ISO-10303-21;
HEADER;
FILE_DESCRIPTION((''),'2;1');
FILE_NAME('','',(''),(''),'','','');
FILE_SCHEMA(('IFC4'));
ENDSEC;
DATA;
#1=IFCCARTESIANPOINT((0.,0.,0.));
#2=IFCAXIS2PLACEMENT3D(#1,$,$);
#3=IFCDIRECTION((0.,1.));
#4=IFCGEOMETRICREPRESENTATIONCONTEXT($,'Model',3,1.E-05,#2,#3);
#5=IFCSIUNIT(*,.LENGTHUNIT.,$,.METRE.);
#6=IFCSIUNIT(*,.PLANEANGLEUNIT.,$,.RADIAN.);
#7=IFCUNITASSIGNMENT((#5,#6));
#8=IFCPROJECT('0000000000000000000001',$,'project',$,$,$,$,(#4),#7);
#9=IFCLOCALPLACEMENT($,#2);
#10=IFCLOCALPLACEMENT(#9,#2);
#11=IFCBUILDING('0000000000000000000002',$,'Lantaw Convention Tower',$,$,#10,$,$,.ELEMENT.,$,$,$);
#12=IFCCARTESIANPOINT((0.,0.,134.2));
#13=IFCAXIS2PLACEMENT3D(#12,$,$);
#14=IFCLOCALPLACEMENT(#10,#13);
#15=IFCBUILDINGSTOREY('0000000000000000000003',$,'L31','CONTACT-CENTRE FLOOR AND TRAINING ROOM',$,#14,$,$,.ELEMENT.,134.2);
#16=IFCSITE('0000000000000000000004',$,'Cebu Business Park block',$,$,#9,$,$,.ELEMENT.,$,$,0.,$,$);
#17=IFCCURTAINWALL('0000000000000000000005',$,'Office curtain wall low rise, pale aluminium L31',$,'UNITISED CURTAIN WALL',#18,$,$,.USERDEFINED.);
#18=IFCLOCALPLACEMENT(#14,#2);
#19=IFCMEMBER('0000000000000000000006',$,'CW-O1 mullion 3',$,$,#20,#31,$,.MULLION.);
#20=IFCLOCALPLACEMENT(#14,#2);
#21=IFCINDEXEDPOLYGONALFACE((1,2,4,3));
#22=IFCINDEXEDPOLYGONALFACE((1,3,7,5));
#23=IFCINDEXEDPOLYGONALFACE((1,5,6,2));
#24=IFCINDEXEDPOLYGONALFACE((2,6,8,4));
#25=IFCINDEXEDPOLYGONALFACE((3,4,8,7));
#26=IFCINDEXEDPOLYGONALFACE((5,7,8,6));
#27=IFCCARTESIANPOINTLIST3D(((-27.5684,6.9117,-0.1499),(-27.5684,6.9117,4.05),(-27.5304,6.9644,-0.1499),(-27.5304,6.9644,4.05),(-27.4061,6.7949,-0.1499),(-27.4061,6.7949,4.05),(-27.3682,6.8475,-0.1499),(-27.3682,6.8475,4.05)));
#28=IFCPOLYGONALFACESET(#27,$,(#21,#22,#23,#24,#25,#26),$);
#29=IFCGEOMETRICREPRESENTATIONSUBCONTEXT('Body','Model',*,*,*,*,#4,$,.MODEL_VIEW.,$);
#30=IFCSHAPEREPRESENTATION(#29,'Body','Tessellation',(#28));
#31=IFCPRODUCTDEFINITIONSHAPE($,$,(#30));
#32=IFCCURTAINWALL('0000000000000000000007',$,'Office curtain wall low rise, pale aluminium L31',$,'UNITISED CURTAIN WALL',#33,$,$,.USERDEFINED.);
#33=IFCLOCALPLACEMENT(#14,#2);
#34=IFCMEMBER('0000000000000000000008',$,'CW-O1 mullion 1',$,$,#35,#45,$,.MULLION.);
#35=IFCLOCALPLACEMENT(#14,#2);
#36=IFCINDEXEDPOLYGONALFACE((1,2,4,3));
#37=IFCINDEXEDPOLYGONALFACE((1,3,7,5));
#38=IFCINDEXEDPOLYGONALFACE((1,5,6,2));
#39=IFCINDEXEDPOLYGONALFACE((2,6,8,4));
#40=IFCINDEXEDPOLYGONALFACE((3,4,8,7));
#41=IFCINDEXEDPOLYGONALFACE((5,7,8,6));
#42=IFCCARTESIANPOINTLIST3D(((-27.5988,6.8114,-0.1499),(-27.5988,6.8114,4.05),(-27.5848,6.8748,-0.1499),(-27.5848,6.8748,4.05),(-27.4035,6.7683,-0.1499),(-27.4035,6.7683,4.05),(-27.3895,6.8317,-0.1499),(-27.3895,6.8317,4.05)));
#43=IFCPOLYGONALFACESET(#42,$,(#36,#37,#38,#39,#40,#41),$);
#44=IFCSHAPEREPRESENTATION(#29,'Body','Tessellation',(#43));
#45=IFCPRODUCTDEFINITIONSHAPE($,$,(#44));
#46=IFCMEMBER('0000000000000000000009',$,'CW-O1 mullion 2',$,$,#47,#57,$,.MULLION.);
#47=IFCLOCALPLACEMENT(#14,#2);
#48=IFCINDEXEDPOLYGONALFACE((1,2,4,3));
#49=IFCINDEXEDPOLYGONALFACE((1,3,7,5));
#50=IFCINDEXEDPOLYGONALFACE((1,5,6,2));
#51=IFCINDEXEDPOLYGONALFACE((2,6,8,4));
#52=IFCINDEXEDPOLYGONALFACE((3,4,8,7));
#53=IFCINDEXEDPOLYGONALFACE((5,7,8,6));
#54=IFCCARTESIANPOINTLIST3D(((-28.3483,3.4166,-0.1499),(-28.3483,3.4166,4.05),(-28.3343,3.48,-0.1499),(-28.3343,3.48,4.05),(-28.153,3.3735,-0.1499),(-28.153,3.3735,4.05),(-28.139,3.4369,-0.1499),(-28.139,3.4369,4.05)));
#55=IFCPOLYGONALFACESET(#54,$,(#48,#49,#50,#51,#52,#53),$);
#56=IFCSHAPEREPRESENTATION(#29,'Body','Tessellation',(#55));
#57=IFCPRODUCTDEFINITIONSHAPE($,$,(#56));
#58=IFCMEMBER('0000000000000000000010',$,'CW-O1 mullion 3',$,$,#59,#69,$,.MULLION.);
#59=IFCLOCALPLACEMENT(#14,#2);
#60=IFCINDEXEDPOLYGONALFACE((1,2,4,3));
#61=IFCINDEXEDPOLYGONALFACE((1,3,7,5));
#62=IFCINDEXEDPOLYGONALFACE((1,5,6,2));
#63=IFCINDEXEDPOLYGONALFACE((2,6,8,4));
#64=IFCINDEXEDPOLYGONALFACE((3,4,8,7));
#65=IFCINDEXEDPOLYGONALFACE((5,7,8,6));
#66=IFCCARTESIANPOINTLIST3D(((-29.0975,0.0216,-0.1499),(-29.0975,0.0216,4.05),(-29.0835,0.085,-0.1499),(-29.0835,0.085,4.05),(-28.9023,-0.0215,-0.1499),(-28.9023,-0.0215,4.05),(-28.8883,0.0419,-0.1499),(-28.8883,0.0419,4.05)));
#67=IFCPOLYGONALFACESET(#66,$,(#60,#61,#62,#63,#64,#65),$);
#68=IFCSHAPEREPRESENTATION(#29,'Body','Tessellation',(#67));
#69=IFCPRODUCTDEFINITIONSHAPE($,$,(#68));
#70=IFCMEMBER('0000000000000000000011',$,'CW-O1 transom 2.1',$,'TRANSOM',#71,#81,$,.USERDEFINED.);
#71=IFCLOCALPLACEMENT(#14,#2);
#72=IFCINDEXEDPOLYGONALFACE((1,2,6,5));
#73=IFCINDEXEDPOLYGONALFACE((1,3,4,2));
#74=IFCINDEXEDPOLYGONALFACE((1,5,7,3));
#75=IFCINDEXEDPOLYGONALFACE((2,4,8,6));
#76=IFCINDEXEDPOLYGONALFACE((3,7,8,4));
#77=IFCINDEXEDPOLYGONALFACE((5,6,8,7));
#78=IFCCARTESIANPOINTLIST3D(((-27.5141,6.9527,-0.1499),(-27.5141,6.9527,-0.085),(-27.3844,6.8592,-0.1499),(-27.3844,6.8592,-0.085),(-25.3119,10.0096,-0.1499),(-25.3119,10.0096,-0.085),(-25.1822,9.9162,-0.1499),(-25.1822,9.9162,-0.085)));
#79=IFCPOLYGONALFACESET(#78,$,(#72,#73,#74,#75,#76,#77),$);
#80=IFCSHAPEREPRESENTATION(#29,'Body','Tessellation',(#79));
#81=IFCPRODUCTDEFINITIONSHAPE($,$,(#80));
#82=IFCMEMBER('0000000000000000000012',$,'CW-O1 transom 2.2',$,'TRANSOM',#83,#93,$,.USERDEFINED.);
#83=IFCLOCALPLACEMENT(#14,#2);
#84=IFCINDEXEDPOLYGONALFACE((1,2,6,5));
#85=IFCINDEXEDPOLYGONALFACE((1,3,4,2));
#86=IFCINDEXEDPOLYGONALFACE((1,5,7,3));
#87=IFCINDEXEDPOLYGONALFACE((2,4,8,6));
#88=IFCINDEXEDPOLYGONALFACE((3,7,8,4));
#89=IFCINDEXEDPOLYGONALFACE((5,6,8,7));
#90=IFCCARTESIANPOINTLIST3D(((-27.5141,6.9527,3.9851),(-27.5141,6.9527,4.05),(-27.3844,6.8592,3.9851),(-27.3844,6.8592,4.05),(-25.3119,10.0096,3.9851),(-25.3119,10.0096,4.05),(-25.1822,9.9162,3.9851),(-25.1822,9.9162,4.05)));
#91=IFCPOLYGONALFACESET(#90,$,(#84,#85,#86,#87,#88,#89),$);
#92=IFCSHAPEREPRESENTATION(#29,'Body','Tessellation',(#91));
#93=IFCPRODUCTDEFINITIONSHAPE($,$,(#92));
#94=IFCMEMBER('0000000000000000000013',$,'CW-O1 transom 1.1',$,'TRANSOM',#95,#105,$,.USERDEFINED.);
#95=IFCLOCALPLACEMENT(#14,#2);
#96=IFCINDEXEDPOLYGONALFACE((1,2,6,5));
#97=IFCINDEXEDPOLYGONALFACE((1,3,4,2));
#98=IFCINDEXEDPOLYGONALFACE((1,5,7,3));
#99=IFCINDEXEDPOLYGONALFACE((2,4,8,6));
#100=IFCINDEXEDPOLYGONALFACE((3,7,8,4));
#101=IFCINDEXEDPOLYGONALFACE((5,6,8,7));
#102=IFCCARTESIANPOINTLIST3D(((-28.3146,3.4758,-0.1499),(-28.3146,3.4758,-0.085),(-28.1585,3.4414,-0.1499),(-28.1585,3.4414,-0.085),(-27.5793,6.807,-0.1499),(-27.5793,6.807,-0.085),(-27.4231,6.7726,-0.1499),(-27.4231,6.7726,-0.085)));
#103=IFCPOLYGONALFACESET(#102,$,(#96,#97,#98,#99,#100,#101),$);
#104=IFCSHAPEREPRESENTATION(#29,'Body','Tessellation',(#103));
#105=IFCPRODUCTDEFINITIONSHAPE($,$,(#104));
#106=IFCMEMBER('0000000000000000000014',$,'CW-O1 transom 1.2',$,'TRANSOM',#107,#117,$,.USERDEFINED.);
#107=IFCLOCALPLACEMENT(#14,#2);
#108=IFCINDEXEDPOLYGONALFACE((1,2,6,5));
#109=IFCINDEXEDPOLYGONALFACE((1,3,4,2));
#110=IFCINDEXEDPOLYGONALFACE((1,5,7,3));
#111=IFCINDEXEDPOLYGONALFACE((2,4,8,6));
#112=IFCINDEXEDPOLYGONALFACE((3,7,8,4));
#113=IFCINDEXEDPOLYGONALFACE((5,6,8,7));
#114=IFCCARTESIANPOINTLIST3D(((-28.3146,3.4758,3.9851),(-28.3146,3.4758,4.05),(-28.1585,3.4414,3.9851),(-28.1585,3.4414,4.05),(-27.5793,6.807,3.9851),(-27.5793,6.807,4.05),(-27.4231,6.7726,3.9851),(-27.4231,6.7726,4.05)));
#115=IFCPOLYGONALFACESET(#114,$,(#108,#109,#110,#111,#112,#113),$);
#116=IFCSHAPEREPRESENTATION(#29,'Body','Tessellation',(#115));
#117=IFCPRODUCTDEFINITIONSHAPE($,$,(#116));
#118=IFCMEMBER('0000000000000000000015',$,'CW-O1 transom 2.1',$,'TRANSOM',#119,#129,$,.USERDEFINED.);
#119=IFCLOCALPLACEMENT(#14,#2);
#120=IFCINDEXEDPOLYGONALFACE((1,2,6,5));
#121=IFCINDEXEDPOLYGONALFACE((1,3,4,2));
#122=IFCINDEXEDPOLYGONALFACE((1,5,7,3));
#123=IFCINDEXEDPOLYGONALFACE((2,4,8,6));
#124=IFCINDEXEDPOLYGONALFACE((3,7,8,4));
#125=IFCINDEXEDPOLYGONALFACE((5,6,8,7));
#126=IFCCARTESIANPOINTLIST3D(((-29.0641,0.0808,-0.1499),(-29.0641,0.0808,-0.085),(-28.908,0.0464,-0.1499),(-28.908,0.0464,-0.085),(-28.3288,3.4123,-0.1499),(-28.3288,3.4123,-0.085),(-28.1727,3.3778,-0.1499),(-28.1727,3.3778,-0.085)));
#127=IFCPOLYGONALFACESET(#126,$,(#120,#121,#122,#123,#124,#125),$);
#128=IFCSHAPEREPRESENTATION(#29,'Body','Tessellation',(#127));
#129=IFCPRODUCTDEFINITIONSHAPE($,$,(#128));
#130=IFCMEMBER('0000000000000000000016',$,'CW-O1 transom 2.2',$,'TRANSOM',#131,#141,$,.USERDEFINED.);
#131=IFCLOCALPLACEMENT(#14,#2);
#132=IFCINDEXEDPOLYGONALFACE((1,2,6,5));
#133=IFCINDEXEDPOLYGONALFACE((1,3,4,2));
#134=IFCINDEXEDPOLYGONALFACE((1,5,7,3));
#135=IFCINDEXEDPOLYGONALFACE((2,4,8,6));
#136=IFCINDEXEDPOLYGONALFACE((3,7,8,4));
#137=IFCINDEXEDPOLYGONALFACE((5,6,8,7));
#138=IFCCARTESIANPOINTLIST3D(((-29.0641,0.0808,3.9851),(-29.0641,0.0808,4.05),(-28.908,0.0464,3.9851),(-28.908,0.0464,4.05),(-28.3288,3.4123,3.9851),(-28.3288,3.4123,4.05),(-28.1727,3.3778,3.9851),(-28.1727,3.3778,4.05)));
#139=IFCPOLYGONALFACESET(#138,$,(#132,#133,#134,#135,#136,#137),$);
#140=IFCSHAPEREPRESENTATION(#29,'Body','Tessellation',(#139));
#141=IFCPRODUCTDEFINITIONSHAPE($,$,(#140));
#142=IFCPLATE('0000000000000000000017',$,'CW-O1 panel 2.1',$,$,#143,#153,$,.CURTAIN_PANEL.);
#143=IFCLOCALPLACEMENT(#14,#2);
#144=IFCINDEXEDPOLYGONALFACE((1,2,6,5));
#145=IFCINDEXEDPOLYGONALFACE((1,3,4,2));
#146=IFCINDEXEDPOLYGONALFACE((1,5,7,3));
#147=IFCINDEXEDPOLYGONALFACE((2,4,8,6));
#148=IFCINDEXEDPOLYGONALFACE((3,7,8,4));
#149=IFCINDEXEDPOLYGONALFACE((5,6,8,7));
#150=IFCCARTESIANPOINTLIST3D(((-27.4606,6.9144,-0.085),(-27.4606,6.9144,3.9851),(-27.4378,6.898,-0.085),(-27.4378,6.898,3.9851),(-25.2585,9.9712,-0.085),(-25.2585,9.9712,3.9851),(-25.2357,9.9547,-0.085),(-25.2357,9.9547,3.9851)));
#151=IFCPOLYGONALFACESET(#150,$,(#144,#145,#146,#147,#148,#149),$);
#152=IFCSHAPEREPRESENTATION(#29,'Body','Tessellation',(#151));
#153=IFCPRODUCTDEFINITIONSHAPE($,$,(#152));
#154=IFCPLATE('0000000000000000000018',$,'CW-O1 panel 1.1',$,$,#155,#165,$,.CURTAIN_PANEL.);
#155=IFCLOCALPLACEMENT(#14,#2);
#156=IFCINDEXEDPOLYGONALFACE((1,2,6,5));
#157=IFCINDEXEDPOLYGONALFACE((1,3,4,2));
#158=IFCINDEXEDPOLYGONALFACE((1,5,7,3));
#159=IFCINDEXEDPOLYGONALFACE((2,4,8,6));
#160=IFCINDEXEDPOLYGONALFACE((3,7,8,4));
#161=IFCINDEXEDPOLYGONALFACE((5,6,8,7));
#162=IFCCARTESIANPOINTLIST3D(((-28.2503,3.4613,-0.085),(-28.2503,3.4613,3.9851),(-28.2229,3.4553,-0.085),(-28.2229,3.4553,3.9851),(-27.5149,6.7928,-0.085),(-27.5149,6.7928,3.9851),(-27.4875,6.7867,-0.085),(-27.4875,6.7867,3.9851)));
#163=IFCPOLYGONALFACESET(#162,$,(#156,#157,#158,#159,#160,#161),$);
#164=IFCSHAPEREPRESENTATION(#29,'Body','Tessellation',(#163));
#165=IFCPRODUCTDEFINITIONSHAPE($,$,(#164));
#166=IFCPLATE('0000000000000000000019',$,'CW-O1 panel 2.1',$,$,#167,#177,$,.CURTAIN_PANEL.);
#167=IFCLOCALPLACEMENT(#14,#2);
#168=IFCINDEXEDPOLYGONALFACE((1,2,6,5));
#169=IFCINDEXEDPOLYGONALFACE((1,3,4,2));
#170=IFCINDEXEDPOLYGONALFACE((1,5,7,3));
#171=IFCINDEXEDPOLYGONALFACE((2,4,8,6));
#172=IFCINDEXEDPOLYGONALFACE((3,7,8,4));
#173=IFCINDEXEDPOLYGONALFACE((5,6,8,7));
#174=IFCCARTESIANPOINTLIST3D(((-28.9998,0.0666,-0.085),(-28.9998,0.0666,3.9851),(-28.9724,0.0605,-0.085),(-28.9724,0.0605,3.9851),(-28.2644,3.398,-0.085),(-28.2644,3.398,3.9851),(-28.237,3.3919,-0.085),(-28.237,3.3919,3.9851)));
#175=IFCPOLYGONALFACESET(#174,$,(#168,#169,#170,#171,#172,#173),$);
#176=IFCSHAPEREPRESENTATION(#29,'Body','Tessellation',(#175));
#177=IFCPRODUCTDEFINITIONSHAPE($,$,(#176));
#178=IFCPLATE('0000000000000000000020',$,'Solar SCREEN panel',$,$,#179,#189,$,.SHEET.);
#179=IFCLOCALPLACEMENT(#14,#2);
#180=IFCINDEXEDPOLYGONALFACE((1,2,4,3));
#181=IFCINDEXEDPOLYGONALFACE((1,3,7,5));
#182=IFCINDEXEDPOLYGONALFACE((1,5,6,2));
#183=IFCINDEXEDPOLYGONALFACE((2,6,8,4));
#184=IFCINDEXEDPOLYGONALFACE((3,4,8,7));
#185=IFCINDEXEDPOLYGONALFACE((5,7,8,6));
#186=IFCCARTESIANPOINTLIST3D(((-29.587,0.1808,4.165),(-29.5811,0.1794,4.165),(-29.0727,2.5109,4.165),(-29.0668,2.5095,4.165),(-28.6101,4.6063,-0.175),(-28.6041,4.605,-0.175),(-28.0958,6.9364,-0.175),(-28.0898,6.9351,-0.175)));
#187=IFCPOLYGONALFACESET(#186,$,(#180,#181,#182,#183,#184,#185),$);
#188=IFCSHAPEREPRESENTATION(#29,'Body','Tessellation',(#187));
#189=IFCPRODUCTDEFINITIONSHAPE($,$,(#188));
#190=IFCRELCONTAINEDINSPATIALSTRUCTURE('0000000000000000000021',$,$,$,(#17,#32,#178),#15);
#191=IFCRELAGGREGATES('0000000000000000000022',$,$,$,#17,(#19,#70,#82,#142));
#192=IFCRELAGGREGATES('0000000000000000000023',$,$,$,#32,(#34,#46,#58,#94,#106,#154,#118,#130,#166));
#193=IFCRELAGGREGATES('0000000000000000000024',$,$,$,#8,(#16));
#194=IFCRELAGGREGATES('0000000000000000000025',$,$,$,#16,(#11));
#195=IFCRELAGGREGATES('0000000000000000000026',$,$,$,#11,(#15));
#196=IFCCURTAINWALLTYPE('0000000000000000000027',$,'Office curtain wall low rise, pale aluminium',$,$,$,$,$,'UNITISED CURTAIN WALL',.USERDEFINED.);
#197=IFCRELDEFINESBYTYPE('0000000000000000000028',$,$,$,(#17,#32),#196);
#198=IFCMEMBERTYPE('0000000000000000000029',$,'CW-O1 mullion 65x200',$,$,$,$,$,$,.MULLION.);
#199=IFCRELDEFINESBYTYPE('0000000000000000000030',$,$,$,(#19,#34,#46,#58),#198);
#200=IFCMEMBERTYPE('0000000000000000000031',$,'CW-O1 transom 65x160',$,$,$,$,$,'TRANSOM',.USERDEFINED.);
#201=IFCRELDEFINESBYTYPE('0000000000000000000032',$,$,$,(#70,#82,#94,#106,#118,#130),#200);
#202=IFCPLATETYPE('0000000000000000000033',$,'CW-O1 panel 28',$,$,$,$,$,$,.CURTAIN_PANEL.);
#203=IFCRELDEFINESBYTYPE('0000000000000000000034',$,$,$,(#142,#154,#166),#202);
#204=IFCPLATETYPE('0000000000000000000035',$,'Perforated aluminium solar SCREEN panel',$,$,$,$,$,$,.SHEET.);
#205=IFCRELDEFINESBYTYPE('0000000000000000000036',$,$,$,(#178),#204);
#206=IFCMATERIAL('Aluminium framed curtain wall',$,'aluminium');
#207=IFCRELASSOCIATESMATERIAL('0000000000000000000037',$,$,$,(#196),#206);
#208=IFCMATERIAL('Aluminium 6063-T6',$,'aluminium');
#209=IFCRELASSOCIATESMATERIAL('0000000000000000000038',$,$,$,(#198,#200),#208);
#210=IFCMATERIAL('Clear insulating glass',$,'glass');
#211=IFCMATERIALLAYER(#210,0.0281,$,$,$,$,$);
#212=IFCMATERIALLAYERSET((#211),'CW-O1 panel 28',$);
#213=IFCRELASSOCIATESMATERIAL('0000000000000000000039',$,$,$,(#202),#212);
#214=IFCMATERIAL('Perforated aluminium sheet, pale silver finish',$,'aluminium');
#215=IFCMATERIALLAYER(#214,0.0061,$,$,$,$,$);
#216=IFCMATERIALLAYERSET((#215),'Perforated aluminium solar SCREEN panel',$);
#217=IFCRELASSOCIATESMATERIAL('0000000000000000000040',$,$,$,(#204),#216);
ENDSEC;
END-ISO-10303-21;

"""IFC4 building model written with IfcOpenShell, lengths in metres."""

from ifc_helpers import new_model, si_unit, direction, frame, origin, origin_2d, place, context, subcontext, project, spatial, polyline, rectangle, outline, extrude, material, layer, layer_set, material_profile, profile_set, type_object, element, aggregate, save


model = new_model("IFC4")

# Units and contexts
model_context = context("Model", 3, precision=1e-05, world=origin(), true_north=direction((0.0, 1.0)))
body_context = subcontext(model_context, "Body", "Model", "MODEL_VIEW")
ifc_project = project(units=[si_unit("LENGTHUNIT", "METRE"), si_unit("PLANEANGLEUNIT", "RADIAN")], contexts=[model_context])

# Site, building, storey
site_placement = place(None, origin())
site = spatial("IfcSite", under=ifc_project, at=site_placement, Name="Cebu Business Park block", CompositionType="ELEMENT", RefElevation=0.0)
building_placement = place(site_placement, origin())
building = spatial("IfcBuilding", under=site, at=building_placement, Name="Lantaw Convention Tower", CompositionType="ELEMENT")
storey_placement = place(building_placement, frame((0.0, 0.0, 134.2)))
storey = spatial("IfcBuildingStorey", under=building, at=storey_placement, Name="L31", Description="CONTACT-CENTRE FLOOR AND TRAINING ROOM", CompositionType="ELEMENT", Elevation=134.2)

# Curtain wall, member
ifc_material_1 = material(Name="Aluminium framed curtain wall", Category="aluminium")
curtain_wall_type = type_object("IfcCurtainWallType", Name="Office curtain wall low rise, pale aluminium", ElementType="UNITISED CURTAIN WALL", PredefinedType="USERDEFINED", material=ifc_material_1)
curtain_wall_1_placement = place(storey_placement, origin())
curtain_wall_1 = element("IfcCurtainWall", 1, at=curtain_wall_1_placement, inside=storey, type_object=curtain_wall_type, Name="Office curtain wall low rise, pale aluminium L31", ObjectType="UNITISED CURTAIN WALL", PredefinedType="USERDEFINED")
ifc_material_2 = material(Name="Aluminium 6063-T6", Category="aluminium")
ifc_material_profile_1 = material_profile(ifc_material_2, rectangle(XDim=0.2, YDim=0.0649, at=origin_2d()), Name="CW-O1 mullion 65x200")
ifc_profile_set_1 = profile_set([ifc_material_profile_1], Name="Aluminium 6063-T6")
member_type_1 = type_object("IfcMemberType", Name="CW-O1 mullion 65x200", PredefinedType="MULLION", material=ifc_profile_set_1)
member_1_placement = place(storey_placement, frame((-27.4683, 6.8796, -0.1499), z_axis=(0.0, 0.0, 1.0), x_axis=(0.811385, -0.584513, 0.0)))
member_1 = element("IfcMember", 2, at=member_1_placement, type_object=member_type_1, Name="CW-O1 mullion 3", PredefinedType="MULLION", context=body_context, shape_type="SweptSolid", body=[
    extrude(rectangle(XDim=0.2, YDim=0.0649, at=origin_2d()), origin(), (0.0, 0.0, 1.0), 4.2),
])

# Curtain wall, members
curtain_wall_2_placement = place(storey_placement, origin())
curtain_wall_2 = element("IfcCurtainWall", 3, at=curtain_wall_2_placement, inside=storey, type_object=curtain_wall_type, Name="Office curtain wall low rise, pale aluminium L31", ObjectType="UNITISED CURTAIN WALL", PredefinedType="USERDEFINED")
member_2_placement = place(storey_placement, frame((-27.4941, 6.8215, -0.1499), z_axis=(0.0, 0.0, 1.0), x_axis=(0.976494, -0.215546, 0.0)))
member_2 = element("IfcMember", 4, at=member_2_placement, type_object=member_type_1, Name="CW-O1 mullion 1", PredefinedType="MULLION", context=body_context, shape_type="SweptSolid", body=[
    extrude(rectangle(XDim=0.2, YDim=0.0649, at=origin_2d()), origin(), (0.0, 0.0, 1.0), 4.2),
])
member_3_placement = place(storey_placement, frame((-28.2437, 3.4268, -0.1499), z_axis=(0.0, 0.0, 1.0), x_axis=(0.976494, -0.215546, 0.0)))
member_3 = element("IfcMember", 5, at=member_3_placement, type_object=member_type_1, Name="CW-O1 mullion 2", PredefinedType="MULLION", context=body_context, shape_type="SweptSolid", body=[
    extrude(rectangle(XDim=0.2, YDim=0.0649, at=origin_2d()), origin(), (0.0, 0.0, 1.0), 4.2),
])
member_4_placement = place(storey_placement, frame((-28.9929, 0.0317, -0.1499), z_axis=(0.0, 0.0, 1.0), x_axis=(0.976494, -0.215546, 0.0)))
member_4 = element("IfcMember", 6, at=member_4_placement, type_object=member_type_1, Name="CW-O1 mullion 3", PredefinedType="MULLION", context=body_context, shape_type="SweptSolid", body=[
    extrude(rectangle(XDim=0.2, YDim=0.0649, at=origin_2d()), origin(), (0.0, 0.0, 1.0), 4.2),
])

# Members
ifc_material_profile_2 = material_profile(ifc_material_2, rectangle(XDim=0.1599, YDim=0.0649, at=origin_2d()), Name="CW-O1 transom 65x160")
ifc_profile_set_2 = profile_set([ifc_material_profile_2], Name="Aluminium 6063-T6")
member_type_2 = type_object("IfcMemberType", Name="CW-O1 transom 65x160", ElementType="TRANSOM", PredefinedType="USERDEFINED", material=ifc_profile_set_2)
member_5_placement = place(storey_placement, frame((-25.2471, 9.9629, -0.1174), z_axis=(-0.584513, -0.811384, 0.0), x_axis=(0.811384, -0.584513, 0.0)))
member_5 = element("IfcMember", 7, at=member_5_placement, type_object=member_type_2, Name="CW-O1 transom 2.1", ObjectType="TRANSOM", PredefinedType="USERDEFINED", context=body_context, shape_type="SweptSolid", body=[
    extrude(rectangle(XDim=0.1599, YDim=0.0649, at=origin_2d()), origin(), (0.0, 0.0, 1.0), 3.7676),
])
member_6_placement = place(storey_placement, frame((-25.2471, 9.9629, 4.0176), z_axis=(-0.584513, -0.811384, 0.0), x_axis=(0.811384, -0.584513, 0.0)))
member_6 = element("IfcMember", 8, at=member_6_placement, type_object=member_type_2, Name="CW-O1 transom 2.2", ObjectType="TRANSOM", PredefinedType="USERDEFINED", context=body_context, shape_type="SweptSolid", body=[
    extrude(rectangle(XDim=0.1599, YDim=0.0649, at=origin_2d()), origin(), (0.0, 0.0, 1.0), 3.7676),
])
member_7_placement = place(storey_placement, frame((-27.5012, 6.7898, -0.1174), z_axis=(-0.215551, -0.976493, 0.0), x_axis=(0.976493, -0.215551, 0.0)))
member_7 = element("IfcMember", 9, at=member_7_placement, type_object=member_type_2, Name="CW-O1 transom 1.1", ObjectType="TRANSOM", PredefinedType="USERDEFINED", context=body_context, shape_type="SweptSolid", body=[
    extrude(rectangle(XDim=0.1599, YDim=0.0649, at=origin_2d()), origin(), (0.0, 0.0, 1.0), 3.4114),
])
member_8_placement = place(storey_placement, frame((-27.5012, 6.7898, 4.0176), z_axis=(-0.215551, -0.976493, 0.0), x_axis=(0.976493, -0.215551, 0.0)))
member_8 = element("IfcMember", 10, at=member_8_placement, type_object=member_type_2, Name="CW-O1 transom 1.2", ObjectType="TRANSOM", PredefinedType="USERDEFINED", context=body_context, shape_type="SweptSolid", body=[
    extrude(rectangle(XDim=0.1599, YDim=0.0649, at=origin_2d()), origin(), (0.0, 0.0, 1.0), 3.4114),
])
member_9_placement = place(storey_placement, frame((-28.2507, 3.395, -0.1174), z_axis=(-0.215536, -0.976496, 0.0), x_axis=(0.976496, -0.215536, 0.0)))
member_9 = element("IfcMember", 11, at=member_9_placement, type_object=member_type_2, Name="CW-O1 transom 2.1", ObjectType="TRANSOM", PredefinedType="USERDEFINED", context=body_context, shape_type="SweptSolid", body=[
    extrude(rectangle(XDim=0.1599, YDim=0.0649, at=origin_2d()), origin(), (0.0, 0.0, 1.0), 3.4116),
])
member_10_placement = place(storey_placement, frame((-28.2507, 3.395, 4.0176), z_axis=(-0.215536, -0.976496, 0.0), x_axis=(0.976496, -0.215536, 0.0)))
member_10 = element("IfcMember", 12, at=member_10_placement, type_object=member_type_2, Name="CW-O1 transom 2.2", ObjectType="TRANSOM", PredefinedType="USERDEFINED", context=body_context, shape_type="SweptSolid", body=[
    extrude(rectangle(XDim=0.1599, YDim=0.0649, at=origin_2d()), origin(), (0.0, 0.0, 1.0), 3.4116),
])

# Plates
ifc_material_3 = material(Name="Clear insulating glass", Category="glass")
ifc_layer_1 = layer(ifc_material_3, 0.0281)
ifc_layer_set_1 = layer_set([ifc_layer_1], Name="CW-O1 panel 28")
plate_type_1 = type_object("IfcPlateType", Name="CW-O1 panel 28", PredefinedType="CURTAIN_PANEL", material=ifc_layer_set_1)
plate_1_placement = place(storey_placement, frame((-26.3481, 8.4346, -0.085), z_axis=(0.0, 0.0, 1.0), x_axis=(-0.584513, -0.811385, 0.0)))
plate_1 = element("IfcPlate", 13, at=plate_1_placement, type_object=plate_type_1, Name="CW-O1 panel 2.1", PredefinedType="CURTAIN_PANEL", context=body_context, shape_type="SweptSolid", body=[
    extrude(rectangle(XDim=3.7673, YDim=0.0281, at=origin_2d()), origin(), (0.0, 0.0, 1.0), 4.0701),
])
aggregate(curtain_wall_1, [member_1, member_5, member_6, plate_1])
plate_2_placement = place(storey_placement, frame((-27.8689, 5.124, -0.085), z_axis=(0.0, 0.0, 1.0), x_axis=(-0.215546, -0.976494, 0.0)))
plate_2 = element("IfcPlate", 14, at=plate_2_placement, type_object=plate_type_1, Name="CW-O1 panel 1.1", PredefinedType="CURTAIN_PANEL", context=body_context, shape_type="SweptSolid", body=[
    extrude(rectangle(XDim=3.4116, YDim=0.0281, at=origin_2d()), origin(), (0.0, 0.0, 1.0), 4.0701),
])
plate_3_placement = place(storey_placement, frame((-28.6184, 1.7292, -0.085), z_axis=(0.0, 0.0, 1.0), x_axis=(-0.215546, -0.976494, 0.0)))
plate_3 = element("IfcPlate", 15, at=plate_3_placement, type_object=plate_type_1, Name="CW-O1 panel 2.1", PredefinedType="CURTAIN_PANEL", context=body_context, shape_type="SweptSolid", body=[
    extrude(rectangle(XDim=3.4116, YDim=0.0281, at=origin_2d()), origin(), (0.0, 0.0, 1.0), 4.0701),
])
aggregate(curtain_wall_2, [member_2, member_3, member_4, member_7, member_8, plate_2, member_9, member_10, plate_3])
ifc_material_4 = material(Name="Perforated aluminium sheet, pale silver finish", Category="aluminium")
ifc_layer_2 = layer(ifc_material_4, 0.0061)
ifc_layer_set_2 = layer_set([ifc_layer_2], Name="Perforated aluminium solar SCREEN panel")
plate_type_2 = type_object("IfcPlateType", Name="Perforated aluminium solar SCREEN panel", PredefinedType="SHEET", material=ifc_layer_set_2)
plate_4_placement = place(storey_placement, frame((-28.0898, 6.9351, -0.175), z_axis=(0.976498, -0.215527, 0.000033), x_axis=(-0.215527, -0.976498, 0.0)))
element("IfcPlate", 16, at=plate_4_placement, inside=storey, type_object=plate_type_2, Name="Solar SCREEN panel", PredefinedType="SHEET", context=body_context, shape_type="SweptSolid", body=[
    extrude(outline(polyline([(0.0, 0.0), (2.3861, 0.0), (6.9182, -4.3401), (4.5321, -4.3401), (0.0, 0.0)])), origin(), (0.0, 0.0, -1.0), 0.0061),
])

save(model, "model.ifc")
